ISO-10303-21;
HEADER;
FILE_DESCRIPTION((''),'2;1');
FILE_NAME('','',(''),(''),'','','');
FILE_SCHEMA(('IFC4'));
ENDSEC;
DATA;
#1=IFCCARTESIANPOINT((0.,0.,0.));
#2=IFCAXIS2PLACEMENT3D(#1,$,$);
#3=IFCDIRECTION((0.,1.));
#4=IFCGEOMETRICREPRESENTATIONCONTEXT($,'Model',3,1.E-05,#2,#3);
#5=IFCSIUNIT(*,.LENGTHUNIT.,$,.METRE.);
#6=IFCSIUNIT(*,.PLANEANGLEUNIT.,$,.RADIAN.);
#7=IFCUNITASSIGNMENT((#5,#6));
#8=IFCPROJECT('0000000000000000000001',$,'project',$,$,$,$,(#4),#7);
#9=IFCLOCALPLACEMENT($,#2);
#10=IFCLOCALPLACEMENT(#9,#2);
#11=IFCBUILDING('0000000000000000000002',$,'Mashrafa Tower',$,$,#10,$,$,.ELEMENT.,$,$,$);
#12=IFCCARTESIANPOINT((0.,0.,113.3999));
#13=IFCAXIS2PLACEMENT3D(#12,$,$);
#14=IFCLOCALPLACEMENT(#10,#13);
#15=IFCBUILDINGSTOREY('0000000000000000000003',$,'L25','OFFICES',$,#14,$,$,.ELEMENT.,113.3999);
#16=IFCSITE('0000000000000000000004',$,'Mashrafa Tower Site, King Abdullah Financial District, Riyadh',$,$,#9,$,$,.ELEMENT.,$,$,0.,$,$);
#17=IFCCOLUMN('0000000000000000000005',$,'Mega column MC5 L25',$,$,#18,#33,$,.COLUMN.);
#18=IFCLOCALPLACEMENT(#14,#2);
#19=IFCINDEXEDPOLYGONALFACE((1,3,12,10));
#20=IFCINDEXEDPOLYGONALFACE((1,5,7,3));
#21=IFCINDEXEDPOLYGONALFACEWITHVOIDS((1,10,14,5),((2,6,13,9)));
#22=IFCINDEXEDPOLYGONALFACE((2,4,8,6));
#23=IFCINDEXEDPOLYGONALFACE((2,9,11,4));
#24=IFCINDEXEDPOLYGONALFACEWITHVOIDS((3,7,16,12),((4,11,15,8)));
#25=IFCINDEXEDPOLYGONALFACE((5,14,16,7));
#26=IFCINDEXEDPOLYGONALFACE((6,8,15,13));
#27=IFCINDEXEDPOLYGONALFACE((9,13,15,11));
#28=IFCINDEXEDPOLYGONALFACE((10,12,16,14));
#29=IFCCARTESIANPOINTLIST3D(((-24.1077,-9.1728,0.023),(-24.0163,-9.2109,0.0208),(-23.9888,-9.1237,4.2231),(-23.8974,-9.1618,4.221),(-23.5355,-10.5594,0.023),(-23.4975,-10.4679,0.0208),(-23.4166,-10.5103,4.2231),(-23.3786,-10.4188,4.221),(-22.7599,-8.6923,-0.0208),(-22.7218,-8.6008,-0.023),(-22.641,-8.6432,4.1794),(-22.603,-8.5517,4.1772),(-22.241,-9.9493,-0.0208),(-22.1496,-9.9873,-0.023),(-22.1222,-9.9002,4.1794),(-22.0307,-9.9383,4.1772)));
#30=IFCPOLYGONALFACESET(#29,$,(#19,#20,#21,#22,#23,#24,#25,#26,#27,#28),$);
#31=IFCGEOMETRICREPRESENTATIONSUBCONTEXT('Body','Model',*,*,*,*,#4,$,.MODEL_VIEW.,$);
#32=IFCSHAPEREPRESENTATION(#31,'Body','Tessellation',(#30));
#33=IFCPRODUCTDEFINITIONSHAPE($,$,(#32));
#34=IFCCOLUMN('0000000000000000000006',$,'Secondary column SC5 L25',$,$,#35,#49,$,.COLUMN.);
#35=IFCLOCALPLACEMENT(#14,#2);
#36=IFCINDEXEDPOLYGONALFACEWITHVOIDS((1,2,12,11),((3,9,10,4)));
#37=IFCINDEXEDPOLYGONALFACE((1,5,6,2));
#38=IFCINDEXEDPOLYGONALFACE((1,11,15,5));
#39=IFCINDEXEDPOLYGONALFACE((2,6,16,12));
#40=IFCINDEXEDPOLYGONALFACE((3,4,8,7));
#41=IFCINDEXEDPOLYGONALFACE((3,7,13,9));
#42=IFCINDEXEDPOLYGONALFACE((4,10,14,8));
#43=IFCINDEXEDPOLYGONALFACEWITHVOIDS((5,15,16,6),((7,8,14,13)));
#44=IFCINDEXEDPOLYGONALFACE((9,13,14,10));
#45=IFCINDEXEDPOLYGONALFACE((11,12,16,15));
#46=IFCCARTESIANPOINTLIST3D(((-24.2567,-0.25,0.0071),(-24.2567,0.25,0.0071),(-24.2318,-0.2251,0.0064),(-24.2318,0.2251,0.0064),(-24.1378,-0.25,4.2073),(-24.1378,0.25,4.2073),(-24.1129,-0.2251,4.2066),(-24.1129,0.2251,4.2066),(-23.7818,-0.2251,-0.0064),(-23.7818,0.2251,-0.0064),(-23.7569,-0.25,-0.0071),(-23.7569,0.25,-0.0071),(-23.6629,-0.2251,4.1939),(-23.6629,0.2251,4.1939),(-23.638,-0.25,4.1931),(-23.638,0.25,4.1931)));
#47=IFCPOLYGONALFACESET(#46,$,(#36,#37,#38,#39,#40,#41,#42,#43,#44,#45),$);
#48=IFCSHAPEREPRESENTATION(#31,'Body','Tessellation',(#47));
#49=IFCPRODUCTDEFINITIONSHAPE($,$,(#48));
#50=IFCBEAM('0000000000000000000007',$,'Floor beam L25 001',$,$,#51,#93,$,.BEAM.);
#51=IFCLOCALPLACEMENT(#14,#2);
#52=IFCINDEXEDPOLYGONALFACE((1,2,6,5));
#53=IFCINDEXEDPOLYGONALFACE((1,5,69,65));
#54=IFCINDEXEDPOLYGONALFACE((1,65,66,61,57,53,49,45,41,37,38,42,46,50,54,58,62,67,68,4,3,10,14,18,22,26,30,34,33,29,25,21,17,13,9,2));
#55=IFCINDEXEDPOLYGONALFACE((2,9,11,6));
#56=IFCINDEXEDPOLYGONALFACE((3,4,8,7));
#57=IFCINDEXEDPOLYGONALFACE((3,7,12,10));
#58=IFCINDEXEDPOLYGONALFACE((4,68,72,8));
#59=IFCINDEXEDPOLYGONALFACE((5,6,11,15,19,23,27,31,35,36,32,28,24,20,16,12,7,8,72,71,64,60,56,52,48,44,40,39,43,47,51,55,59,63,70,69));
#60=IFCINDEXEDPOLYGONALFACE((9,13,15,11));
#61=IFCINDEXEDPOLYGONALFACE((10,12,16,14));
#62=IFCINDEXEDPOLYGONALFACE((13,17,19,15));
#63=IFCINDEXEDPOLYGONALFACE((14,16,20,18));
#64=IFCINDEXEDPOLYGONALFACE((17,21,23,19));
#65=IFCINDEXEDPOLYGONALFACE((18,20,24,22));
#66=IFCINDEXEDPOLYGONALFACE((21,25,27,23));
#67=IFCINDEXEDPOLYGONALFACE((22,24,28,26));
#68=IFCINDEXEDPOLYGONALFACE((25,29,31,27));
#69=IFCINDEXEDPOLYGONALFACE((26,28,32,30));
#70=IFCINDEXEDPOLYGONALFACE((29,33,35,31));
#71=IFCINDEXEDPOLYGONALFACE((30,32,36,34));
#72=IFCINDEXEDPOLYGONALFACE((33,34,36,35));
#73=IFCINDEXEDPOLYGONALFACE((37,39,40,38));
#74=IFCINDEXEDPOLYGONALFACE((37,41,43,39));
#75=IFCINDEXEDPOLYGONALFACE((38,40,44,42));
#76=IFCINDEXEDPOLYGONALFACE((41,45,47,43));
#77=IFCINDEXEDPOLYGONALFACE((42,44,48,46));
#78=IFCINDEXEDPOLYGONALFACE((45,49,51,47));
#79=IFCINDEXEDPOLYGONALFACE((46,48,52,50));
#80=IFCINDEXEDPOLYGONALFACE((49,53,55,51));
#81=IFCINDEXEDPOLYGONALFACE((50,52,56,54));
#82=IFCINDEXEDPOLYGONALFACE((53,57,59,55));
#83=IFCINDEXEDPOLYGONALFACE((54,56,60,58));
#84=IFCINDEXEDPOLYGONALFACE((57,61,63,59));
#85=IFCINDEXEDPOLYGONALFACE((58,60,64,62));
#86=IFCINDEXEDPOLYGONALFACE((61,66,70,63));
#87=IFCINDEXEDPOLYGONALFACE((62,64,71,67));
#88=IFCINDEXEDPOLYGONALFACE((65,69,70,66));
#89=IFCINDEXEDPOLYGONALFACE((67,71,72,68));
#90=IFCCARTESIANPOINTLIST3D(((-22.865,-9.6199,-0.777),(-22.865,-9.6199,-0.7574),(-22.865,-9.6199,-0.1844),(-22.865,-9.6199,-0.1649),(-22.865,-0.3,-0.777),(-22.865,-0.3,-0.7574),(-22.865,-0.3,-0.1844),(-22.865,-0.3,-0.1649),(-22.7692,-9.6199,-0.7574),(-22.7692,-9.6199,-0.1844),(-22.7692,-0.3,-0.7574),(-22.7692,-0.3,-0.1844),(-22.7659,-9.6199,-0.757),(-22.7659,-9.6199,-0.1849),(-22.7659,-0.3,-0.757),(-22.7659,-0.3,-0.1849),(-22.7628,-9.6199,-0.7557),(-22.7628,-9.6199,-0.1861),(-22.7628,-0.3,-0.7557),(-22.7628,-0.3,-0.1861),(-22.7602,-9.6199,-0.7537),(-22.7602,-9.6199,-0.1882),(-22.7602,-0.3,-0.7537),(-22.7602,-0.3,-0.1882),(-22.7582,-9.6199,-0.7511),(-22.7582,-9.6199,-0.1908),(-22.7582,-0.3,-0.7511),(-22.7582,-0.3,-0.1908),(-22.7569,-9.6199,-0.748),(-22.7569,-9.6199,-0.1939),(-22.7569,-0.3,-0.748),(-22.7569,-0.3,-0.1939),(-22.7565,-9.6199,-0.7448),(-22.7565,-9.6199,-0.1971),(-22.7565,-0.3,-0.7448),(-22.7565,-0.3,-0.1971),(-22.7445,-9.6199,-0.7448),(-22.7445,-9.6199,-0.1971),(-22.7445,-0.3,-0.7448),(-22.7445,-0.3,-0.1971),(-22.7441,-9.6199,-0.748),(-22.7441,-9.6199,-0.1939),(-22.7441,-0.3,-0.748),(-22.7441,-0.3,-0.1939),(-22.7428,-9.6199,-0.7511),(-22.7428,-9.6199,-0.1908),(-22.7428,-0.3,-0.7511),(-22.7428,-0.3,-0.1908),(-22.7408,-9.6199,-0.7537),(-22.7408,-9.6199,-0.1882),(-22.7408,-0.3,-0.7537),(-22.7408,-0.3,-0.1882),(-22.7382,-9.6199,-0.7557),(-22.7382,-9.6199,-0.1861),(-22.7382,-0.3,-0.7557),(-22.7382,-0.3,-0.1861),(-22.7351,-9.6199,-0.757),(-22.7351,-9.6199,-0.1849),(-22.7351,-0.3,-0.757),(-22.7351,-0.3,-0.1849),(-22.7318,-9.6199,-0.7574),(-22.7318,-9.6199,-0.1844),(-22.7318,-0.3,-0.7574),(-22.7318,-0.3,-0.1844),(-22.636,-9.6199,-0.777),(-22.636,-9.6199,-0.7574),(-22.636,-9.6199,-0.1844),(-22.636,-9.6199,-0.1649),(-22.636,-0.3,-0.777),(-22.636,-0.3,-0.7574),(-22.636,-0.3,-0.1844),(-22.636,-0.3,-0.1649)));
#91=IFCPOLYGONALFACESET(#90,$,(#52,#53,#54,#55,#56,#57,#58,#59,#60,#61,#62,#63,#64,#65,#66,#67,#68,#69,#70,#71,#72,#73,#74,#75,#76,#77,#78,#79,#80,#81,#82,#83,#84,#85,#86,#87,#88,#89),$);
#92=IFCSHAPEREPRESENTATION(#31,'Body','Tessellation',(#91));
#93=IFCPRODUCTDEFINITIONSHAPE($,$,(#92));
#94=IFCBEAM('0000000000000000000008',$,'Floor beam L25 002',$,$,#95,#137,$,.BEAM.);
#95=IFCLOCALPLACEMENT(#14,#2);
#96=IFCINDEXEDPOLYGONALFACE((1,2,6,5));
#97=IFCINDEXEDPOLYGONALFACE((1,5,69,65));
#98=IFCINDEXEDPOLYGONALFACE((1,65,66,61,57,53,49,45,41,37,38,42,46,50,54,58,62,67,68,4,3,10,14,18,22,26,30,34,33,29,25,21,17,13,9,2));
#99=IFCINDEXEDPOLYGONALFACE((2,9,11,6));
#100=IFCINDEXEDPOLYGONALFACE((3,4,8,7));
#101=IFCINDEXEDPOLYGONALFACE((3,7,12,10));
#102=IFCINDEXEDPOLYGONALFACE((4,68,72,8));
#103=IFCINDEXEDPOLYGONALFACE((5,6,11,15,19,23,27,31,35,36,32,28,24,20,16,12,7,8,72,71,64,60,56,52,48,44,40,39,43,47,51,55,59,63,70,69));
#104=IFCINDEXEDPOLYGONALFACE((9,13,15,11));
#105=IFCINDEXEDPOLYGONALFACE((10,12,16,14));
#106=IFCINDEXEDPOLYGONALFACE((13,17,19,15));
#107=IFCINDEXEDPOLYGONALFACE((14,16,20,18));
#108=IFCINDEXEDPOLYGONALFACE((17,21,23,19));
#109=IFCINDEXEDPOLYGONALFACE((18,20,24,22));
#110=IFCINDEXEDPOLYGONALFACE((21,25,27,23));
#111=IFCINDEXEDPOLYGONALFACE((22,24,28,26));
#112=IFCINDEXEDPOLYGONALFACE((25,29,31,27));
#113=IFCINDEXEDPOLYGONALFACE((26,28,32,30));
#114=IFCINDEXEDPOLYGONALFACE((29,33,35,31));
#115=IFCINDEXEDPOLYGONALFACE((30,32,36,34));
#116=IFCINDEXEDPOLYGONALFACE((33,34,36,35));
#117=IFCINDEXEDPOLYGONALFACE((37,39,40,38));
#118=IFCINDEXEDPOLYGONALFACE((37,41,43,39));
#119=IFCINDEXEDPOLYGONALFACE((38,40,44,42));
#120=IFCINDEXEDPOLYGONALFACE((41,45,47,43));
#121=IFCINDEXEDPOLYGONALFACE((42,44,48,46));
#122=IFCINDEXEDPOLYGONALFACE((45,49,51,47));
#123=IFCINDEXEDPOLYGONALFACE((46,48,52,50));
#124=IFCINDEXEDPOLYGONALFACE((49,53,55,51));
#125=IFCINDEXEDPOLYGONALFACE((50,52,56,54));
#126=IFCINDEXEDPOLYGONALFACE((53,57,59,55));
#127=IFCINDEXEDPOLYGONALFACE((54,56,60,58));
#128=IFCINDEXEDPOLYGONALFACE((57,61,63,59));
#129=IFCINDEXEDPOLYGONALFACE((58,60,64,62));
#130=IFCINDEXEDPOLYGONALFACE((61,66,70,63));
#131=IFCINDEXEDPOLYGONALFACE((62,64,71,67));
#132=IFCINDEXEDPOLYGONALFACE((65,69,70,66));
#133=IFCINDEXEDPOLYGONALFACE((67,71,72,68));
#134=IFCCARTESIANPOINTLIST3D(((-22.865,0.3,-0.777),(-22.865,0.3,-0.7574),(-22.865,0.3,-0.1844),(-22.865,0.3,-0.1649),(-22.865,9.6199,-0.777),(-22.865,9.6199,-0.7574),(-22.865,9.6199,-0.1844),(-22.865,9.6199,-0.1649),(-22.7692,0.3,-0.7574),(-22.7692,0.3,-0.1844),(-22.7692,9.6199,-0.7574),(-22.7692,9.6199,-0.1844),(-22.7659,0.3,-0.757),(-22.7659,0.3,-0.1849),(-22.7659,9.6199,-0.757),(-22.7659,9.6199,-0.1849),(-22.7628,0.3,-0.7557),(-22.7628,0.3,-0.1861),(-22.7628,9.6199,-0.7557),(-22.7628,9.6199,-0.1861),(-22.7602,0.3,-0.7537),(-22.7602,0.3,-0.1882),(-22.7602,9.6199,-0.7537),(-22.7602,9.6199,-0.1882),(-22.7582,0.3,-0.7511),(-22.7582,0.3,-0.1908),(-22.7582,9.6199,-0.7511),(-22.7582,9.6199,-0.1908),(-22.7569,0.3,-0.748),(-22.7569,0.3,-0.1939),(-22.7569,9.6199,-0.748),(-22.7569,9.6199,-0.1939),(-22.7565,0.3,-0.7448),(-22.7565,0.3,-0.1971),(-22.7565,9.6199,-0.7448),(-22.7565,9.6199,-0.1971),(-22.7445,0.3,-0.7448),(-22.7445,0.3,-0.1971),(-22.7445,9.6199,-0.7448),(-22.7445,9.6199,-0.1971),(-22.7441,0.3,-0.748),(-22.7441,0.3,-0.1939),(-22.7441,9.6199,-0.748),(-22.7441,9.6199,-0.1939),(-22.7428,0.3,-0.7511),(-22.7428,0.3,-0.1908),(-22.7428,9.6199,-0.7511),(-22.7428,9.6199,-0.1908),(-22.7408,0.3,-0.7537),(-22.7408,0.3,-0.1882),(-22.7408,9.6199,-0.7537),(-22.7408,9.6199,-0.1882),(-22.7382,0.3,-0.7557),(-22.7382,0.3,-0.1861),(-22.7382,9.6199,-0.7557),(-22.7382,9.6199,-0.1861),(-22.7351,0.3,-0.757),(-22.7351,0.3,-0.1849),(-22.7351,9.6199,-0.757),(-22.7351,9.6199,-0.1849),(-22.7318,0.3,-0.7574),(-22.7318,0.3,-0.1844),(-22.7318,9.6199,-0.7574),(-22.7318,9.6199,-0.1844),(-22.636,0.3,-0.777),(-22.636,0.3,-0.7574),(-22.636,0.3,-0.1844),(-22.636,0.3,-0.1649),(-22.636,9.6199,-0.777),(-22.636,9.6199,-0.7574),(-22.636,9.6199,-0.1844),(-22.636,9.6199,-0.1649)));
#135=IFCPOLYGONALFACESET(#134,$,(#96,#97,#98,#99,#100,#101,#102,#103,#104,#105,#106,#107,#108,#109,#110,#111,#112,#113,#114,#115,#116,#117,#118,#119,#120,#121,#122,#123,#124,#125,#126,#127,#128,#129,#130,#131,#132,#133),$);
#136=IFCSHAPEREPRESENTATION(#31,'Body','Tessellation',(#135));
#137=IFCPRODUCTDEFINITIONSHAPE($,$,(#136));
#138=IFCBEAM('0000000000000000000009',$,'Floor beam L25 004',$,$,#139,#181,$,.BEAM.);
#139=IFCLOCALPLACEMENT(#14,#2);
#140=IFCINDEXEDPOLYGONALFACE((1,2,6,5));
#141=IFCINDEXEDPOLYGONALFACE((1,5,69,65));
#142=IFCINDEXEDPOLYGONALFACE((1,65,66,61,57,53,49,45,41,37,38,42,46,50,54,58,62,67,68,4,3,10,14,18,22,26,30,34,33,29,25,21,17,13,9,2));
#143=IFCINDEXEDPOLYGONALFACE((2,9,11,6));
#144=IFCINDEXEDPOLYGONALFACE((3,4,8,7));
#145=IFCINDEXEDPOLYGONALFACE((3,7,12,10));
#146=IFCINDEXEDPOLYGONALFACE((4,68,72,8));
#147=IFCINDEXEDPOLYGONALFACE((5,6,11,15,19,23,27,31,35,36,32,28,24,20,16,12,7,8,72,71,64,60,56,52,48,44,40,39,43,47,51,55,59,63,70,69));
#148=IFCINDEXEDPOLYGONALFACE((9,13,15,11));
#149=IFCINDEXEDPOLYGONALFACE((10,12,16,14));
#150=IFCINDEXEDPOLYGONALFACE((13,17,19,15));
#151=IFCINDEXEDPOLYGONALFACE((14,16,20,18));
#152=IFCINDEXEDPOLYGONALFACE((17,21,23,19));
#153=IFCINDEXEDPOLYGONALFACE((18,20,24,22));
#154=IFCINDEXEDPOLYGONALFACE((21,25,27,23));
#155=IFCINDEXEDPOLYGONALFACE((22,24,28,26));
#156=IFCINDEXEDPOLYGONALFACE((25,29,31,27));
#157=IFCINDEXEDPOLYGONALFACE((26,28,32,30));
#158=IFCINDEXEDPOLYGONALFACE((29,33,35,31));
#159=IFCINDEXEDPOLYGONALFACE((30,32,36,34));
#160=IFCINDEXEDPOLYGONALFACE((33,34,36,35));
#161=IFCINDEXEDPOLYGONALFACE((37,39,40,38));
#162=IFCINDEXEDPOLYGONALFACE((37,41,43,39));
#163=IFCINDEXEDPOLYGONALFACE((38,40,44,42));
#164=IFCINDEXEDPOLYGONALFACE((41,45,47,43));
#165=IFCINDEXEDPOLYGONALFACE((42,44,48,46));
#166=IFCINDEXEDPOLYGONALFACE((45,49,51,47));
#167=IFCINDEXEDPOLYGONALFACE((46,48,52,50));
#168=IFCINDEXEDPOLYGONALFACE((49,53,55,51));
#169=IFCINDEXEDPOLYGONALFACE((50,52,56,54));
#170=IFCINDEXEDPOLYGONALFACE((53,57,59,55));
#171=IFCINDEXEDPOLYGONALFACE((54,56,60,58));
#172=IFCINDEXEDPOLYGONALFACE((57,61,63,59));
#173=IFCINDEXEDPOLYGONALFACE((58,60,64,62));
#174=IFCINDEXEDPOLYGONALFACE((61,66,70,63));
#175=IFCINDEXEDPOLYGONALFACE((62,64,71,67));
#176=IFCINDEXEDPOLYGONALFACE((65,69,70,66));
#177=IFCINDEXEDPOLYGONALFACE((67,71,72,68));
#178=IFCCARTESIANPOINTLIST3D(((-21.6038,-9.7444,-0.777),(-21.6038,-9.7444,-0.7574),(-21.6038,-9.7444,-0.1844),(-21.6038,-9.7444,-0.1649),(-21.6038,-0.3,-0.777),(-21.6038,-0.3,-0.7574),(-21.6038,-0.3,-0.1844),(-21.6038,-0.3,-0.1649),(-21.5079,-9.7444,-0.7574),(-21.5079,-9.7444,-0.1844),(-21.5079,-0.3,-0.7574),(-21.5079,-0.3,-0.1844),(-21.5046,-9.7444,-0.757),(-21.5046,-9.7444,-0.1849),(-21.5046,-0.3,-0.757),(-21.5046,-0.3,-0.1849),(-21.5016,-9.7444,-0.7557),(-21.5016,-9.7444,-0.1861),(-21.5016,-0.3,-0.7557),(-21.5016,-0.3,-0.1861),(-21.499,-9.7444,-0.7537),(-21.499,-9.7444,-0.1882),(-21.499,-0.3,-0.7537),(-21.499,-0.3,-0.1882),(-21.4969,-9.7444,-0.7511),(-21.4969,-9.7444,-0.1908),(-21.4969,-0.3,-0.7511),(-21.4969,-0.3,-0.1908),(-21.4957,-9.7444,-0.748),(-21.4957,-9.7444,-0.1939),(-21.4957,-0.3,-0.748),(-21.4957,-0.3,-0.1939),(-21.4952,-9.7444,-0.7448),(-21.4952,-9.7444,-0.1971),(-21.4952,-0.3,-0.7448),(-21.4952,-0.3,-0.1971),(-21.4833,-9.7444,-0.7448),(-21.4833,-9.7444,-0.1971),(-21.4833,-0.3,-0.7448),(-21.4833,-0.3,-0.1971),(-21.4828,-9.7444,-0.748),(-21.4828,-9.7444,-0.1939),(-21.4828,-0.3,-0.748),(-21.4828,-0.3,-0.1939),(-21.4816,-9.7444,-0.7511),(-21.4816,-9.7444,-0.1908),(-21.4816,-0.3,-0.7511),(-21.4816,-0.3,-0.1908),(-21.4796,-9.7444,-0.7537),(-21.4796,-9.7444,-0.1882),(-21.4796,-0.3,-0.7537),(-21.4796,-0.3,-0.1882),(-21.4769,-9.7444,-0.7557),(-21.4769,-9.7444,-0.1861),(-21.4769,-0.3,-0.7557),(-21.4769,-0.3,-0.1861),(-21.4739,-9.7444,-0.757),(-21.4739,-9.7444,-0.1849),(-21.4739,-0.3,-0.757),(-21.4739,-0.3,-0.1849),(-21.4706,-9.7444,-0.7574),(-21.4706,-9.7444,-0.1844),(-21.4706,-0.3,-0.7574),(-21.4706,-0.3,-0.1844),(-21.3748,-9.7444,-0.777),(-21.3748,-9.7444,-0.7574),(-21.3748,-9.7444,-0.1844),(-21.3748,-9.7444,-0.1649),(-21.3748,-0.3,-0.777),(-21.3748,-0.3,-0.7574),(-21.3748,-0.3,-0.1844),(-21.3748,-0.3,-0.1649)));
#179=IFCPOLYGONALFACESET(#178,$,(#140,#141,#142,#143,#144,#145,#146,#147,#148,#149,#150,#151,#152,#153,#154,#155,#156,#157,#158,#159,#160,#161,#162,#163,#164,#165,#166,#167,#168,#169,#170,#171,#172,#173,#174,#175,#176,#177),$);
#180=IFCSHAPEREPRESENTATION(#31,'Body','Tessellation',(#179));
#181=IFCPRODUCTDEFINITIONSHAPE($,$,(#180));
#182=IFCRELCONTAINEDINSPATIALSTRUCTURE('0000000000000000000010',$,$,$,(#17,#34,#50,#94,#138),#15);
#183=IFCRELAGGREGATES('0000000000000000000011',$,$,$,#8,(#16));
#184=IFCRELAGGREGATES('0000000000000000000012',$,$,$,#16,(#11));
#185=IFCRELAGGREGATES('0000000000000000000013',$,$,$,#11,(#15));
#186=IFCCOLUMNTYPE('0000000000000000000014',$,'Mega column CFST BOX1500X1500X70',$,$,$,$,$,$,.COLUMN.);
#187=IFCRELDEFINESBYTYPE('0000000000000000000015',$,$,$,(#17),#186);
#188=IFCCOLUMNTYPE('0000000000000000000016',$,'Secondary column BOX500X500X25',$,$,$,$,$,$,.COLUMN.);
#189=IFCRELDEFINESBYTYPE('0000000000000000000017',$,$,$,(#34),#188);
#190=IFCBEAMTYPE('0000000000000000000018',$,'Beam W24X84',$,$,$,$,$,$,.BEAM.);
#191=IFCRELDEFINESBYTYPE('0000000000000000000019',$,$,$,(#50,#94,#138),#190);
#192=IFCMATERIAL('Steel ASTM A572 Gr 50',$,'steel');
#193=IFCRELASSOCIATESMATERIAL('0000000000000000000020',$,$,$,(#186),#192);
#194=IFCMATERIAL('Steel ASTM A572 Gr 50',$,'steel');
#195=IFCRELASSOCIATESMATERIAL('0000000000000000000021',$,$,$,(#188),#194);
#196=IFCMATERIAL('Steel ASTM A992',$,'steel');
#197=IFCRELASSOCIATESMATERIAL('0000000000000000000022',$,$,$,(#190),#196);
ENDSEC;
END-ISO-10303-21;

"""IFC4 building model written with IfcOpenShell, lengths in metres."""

from ifc_helpers import new_model, si_unit, direction, frame, origin, origin_2d, place, context, subcontext, project, spatial, hollow_rectangle, i_section, extrude, material, material_profile, profile_set, type_object, element, save


model = new_model("IFC4")

# Units and contexts
model_context = context("Model", 3, precision=1e-05, world=origin(), true_north=direction((0.0, 1.0)))
body_context = subcontext(model_context, "Body", "Model", "MODEL_VIEW")
ifc_project = project(units=[si_unit("LENGTHUNIT", "METRE"), si_unit("PLANEANGLEUNIT", "RADIAN")], contexts=[model_context])

# Site, building, storey
site_placement = place(None, origin())
site = spatial("IfcSite", under=ifc_project, at=site_placement, Name="Mashrafa Tower Site, King Abdullah Financial District, Riyadh", CompositionType="ELEMENT", RefElevation=0.0)
building_placement = place(site_placement, origin())
building = spatial("IfcBuilding", under=site, at=building_placement, Name="Mashrafa Tower", CompositionType="ELEMENT")
storey_placement = place(building_placement, frame((0.0, 0.0, 113.3999)))
storey = spatial("IfcBuildingStorey", under=building, at=storey_placement, Name="L25", Description="OFFICES", CompositionType="ELEMENT", Elevation=113.3999)

# Columns
ifc_material_1 = material(Name="Steel ASTM A572 Gr 50", Category="steel")
ifc_material_profile_1 = material_profile(ifc_material_1, hollow_rectangle(XDim=1.5, YDim=1.5, WallThickness=0.0701, at=origin_2d()), Name="BOX1500X1500X70")
ifc_profile_set_1 = profile_set([ifc_material_profile_1], Name="Steel ASTM A572 Gr 50")
column_type_1 = type_object("IfcColumnType", Name="Mega column CFST BOX1500X1500X70", PredefinedType="COLUMN", material=ifc_profile_set_1)
column_1_placement = place(storey_placement, frame((-23.1287, -9.5801, 0.0), z_axis=(0.028294, 0.011678, 0.999531), x_axis=(-0.381513, 0.924363, 0.0)))
element("IfcColumn", 1, at=column_1_placement, inside=storey, type_object=column_type_1, Name="Mega column MC5 L25", PredefinedType="COLUMN", context=body_context, shape_type="SweptSolid", body=[
    extrude(hollow_rectangle(XDim=1.5, YDim=1.5, WallThickness=0.0701, at=origin_2d()), origin(), (0.0, 0.0, 1.0), 4.2021),
])
ifc_material_2 = material(Name="Steel ASTM A572 Gr 50", Category="steel")
ifc_material_profile_2 = material_profile(ifc_material_2, hollow_rectangle(XDim=0.5, YDim=0.5, WallThickness=0.0249, at=origin_2d()), Name="BOX500X500X25")
ifc_profile_set_2 = profile_set([ifc_material_profile_2], Name="Steel ASTM A572 Gr 50")
column_type_2 = type_object("IfcColumnType", Name="Secondary column BOX500X500X25", PredefinedType="COLUMN", material=ifc_profile_set_2)
column_2_placement = place(storey_placement, frame((-24.0068, 0.0, 0.0), z_axis=(0.028296, 0.0, 0.9996), x_axis=(0.0, 1.0, 0.0)))
element("IfcColumn", 2, at=column_2_placement, inside=storey, type_object=column_type_2, Name="Secondary column SC5 L25", PredefinedType="COLUMN", context=body_context, shape_type="SweptSolid", body=[
    extrude(hollow_rectangle(XDim=0.5, YDim=0.5, WallThickness=0.0249, at=origin_2d()), origin(), (0.0, 0.0, 1.0), 4.2019),
])

# Beams
ifc_material_3 = material(Name="Steel ASTM A992", Category="steel")
ifc_material_profile_3 = material_profile(ifc_material_3, i_section(OverallWidth=0.229, OverallDepth=0.6121, WebThickness=0.012, FlangeThickness=0.0195, FilletRadius=0.0127, at=origin_2d()), Name="W24X84")
ifc_profile_set_3 = profile_set([ifc_material_profile_3], Name="Steel ASTM A992")
beam_type_1 = type_object("IfcBeamType", Name="Beam W24X84", PredefinedType="BEAM", material=ifc_profile_set_3)
for number, where, z_axis, x_axis, name in (
    (3, (-22.7505, -9.6199, -0.4709), (0.0, 1.0, 0.0), (-1.0, 0.0, 0.0), "Floor beam L25 001"),
    (4, (-22.7505, 0.3, -0.4709), (0.0, 1.0, 0.0), (-1.0, 0.0, 0.0), "Floor beam L25 002"),
):
    element("IfcBeam", number, at=place(storey_placement, frame(where, z_axis=z_axis, x_axis=x_axis)), inside=storey, type_object=beam_type_1, Name=name, PredefinedType="BEAM", context=body_context, shape_type="SweptSolid", body=[
        extrude(i_section(OverallWidth=0.229, OverallDepth=0.6121, WebThickness=0.012, FlangeThickness=0.0195, FilletRadius=0.0127, at=origin_2d()), origin(), (0.0, 0.0, 1.0), 9.3198),
    ])
for number, where, z_axis, x_axis, name in (
    (5, (-21.4893, -9.7444, -0.4709), (0.0, 1.0, 0.0), (-1.0, 0.0, 0.0), "Floor beam L25 004"),
):
    element("IfcBeam", number, at=place(storey_placement, frame(where, z_axis=z_axis, x_axis=x_axis)), inside=storey, type_object=beam_type_1, Name=name, PredefinedType="BEAM", context=body_context, shape_type="SweptSolid", body=[
        extrude(i_section(OverallWidth=0.229, OverallDepth=0.6121, WebThickness=0.012, FlangeThickness=0.0195, FilletRadius=0.0127, at=origin_2d()), origin(), (0.0, 0.0, 1.0), 9.4443),
    ])

save(model, "model.ifc")
